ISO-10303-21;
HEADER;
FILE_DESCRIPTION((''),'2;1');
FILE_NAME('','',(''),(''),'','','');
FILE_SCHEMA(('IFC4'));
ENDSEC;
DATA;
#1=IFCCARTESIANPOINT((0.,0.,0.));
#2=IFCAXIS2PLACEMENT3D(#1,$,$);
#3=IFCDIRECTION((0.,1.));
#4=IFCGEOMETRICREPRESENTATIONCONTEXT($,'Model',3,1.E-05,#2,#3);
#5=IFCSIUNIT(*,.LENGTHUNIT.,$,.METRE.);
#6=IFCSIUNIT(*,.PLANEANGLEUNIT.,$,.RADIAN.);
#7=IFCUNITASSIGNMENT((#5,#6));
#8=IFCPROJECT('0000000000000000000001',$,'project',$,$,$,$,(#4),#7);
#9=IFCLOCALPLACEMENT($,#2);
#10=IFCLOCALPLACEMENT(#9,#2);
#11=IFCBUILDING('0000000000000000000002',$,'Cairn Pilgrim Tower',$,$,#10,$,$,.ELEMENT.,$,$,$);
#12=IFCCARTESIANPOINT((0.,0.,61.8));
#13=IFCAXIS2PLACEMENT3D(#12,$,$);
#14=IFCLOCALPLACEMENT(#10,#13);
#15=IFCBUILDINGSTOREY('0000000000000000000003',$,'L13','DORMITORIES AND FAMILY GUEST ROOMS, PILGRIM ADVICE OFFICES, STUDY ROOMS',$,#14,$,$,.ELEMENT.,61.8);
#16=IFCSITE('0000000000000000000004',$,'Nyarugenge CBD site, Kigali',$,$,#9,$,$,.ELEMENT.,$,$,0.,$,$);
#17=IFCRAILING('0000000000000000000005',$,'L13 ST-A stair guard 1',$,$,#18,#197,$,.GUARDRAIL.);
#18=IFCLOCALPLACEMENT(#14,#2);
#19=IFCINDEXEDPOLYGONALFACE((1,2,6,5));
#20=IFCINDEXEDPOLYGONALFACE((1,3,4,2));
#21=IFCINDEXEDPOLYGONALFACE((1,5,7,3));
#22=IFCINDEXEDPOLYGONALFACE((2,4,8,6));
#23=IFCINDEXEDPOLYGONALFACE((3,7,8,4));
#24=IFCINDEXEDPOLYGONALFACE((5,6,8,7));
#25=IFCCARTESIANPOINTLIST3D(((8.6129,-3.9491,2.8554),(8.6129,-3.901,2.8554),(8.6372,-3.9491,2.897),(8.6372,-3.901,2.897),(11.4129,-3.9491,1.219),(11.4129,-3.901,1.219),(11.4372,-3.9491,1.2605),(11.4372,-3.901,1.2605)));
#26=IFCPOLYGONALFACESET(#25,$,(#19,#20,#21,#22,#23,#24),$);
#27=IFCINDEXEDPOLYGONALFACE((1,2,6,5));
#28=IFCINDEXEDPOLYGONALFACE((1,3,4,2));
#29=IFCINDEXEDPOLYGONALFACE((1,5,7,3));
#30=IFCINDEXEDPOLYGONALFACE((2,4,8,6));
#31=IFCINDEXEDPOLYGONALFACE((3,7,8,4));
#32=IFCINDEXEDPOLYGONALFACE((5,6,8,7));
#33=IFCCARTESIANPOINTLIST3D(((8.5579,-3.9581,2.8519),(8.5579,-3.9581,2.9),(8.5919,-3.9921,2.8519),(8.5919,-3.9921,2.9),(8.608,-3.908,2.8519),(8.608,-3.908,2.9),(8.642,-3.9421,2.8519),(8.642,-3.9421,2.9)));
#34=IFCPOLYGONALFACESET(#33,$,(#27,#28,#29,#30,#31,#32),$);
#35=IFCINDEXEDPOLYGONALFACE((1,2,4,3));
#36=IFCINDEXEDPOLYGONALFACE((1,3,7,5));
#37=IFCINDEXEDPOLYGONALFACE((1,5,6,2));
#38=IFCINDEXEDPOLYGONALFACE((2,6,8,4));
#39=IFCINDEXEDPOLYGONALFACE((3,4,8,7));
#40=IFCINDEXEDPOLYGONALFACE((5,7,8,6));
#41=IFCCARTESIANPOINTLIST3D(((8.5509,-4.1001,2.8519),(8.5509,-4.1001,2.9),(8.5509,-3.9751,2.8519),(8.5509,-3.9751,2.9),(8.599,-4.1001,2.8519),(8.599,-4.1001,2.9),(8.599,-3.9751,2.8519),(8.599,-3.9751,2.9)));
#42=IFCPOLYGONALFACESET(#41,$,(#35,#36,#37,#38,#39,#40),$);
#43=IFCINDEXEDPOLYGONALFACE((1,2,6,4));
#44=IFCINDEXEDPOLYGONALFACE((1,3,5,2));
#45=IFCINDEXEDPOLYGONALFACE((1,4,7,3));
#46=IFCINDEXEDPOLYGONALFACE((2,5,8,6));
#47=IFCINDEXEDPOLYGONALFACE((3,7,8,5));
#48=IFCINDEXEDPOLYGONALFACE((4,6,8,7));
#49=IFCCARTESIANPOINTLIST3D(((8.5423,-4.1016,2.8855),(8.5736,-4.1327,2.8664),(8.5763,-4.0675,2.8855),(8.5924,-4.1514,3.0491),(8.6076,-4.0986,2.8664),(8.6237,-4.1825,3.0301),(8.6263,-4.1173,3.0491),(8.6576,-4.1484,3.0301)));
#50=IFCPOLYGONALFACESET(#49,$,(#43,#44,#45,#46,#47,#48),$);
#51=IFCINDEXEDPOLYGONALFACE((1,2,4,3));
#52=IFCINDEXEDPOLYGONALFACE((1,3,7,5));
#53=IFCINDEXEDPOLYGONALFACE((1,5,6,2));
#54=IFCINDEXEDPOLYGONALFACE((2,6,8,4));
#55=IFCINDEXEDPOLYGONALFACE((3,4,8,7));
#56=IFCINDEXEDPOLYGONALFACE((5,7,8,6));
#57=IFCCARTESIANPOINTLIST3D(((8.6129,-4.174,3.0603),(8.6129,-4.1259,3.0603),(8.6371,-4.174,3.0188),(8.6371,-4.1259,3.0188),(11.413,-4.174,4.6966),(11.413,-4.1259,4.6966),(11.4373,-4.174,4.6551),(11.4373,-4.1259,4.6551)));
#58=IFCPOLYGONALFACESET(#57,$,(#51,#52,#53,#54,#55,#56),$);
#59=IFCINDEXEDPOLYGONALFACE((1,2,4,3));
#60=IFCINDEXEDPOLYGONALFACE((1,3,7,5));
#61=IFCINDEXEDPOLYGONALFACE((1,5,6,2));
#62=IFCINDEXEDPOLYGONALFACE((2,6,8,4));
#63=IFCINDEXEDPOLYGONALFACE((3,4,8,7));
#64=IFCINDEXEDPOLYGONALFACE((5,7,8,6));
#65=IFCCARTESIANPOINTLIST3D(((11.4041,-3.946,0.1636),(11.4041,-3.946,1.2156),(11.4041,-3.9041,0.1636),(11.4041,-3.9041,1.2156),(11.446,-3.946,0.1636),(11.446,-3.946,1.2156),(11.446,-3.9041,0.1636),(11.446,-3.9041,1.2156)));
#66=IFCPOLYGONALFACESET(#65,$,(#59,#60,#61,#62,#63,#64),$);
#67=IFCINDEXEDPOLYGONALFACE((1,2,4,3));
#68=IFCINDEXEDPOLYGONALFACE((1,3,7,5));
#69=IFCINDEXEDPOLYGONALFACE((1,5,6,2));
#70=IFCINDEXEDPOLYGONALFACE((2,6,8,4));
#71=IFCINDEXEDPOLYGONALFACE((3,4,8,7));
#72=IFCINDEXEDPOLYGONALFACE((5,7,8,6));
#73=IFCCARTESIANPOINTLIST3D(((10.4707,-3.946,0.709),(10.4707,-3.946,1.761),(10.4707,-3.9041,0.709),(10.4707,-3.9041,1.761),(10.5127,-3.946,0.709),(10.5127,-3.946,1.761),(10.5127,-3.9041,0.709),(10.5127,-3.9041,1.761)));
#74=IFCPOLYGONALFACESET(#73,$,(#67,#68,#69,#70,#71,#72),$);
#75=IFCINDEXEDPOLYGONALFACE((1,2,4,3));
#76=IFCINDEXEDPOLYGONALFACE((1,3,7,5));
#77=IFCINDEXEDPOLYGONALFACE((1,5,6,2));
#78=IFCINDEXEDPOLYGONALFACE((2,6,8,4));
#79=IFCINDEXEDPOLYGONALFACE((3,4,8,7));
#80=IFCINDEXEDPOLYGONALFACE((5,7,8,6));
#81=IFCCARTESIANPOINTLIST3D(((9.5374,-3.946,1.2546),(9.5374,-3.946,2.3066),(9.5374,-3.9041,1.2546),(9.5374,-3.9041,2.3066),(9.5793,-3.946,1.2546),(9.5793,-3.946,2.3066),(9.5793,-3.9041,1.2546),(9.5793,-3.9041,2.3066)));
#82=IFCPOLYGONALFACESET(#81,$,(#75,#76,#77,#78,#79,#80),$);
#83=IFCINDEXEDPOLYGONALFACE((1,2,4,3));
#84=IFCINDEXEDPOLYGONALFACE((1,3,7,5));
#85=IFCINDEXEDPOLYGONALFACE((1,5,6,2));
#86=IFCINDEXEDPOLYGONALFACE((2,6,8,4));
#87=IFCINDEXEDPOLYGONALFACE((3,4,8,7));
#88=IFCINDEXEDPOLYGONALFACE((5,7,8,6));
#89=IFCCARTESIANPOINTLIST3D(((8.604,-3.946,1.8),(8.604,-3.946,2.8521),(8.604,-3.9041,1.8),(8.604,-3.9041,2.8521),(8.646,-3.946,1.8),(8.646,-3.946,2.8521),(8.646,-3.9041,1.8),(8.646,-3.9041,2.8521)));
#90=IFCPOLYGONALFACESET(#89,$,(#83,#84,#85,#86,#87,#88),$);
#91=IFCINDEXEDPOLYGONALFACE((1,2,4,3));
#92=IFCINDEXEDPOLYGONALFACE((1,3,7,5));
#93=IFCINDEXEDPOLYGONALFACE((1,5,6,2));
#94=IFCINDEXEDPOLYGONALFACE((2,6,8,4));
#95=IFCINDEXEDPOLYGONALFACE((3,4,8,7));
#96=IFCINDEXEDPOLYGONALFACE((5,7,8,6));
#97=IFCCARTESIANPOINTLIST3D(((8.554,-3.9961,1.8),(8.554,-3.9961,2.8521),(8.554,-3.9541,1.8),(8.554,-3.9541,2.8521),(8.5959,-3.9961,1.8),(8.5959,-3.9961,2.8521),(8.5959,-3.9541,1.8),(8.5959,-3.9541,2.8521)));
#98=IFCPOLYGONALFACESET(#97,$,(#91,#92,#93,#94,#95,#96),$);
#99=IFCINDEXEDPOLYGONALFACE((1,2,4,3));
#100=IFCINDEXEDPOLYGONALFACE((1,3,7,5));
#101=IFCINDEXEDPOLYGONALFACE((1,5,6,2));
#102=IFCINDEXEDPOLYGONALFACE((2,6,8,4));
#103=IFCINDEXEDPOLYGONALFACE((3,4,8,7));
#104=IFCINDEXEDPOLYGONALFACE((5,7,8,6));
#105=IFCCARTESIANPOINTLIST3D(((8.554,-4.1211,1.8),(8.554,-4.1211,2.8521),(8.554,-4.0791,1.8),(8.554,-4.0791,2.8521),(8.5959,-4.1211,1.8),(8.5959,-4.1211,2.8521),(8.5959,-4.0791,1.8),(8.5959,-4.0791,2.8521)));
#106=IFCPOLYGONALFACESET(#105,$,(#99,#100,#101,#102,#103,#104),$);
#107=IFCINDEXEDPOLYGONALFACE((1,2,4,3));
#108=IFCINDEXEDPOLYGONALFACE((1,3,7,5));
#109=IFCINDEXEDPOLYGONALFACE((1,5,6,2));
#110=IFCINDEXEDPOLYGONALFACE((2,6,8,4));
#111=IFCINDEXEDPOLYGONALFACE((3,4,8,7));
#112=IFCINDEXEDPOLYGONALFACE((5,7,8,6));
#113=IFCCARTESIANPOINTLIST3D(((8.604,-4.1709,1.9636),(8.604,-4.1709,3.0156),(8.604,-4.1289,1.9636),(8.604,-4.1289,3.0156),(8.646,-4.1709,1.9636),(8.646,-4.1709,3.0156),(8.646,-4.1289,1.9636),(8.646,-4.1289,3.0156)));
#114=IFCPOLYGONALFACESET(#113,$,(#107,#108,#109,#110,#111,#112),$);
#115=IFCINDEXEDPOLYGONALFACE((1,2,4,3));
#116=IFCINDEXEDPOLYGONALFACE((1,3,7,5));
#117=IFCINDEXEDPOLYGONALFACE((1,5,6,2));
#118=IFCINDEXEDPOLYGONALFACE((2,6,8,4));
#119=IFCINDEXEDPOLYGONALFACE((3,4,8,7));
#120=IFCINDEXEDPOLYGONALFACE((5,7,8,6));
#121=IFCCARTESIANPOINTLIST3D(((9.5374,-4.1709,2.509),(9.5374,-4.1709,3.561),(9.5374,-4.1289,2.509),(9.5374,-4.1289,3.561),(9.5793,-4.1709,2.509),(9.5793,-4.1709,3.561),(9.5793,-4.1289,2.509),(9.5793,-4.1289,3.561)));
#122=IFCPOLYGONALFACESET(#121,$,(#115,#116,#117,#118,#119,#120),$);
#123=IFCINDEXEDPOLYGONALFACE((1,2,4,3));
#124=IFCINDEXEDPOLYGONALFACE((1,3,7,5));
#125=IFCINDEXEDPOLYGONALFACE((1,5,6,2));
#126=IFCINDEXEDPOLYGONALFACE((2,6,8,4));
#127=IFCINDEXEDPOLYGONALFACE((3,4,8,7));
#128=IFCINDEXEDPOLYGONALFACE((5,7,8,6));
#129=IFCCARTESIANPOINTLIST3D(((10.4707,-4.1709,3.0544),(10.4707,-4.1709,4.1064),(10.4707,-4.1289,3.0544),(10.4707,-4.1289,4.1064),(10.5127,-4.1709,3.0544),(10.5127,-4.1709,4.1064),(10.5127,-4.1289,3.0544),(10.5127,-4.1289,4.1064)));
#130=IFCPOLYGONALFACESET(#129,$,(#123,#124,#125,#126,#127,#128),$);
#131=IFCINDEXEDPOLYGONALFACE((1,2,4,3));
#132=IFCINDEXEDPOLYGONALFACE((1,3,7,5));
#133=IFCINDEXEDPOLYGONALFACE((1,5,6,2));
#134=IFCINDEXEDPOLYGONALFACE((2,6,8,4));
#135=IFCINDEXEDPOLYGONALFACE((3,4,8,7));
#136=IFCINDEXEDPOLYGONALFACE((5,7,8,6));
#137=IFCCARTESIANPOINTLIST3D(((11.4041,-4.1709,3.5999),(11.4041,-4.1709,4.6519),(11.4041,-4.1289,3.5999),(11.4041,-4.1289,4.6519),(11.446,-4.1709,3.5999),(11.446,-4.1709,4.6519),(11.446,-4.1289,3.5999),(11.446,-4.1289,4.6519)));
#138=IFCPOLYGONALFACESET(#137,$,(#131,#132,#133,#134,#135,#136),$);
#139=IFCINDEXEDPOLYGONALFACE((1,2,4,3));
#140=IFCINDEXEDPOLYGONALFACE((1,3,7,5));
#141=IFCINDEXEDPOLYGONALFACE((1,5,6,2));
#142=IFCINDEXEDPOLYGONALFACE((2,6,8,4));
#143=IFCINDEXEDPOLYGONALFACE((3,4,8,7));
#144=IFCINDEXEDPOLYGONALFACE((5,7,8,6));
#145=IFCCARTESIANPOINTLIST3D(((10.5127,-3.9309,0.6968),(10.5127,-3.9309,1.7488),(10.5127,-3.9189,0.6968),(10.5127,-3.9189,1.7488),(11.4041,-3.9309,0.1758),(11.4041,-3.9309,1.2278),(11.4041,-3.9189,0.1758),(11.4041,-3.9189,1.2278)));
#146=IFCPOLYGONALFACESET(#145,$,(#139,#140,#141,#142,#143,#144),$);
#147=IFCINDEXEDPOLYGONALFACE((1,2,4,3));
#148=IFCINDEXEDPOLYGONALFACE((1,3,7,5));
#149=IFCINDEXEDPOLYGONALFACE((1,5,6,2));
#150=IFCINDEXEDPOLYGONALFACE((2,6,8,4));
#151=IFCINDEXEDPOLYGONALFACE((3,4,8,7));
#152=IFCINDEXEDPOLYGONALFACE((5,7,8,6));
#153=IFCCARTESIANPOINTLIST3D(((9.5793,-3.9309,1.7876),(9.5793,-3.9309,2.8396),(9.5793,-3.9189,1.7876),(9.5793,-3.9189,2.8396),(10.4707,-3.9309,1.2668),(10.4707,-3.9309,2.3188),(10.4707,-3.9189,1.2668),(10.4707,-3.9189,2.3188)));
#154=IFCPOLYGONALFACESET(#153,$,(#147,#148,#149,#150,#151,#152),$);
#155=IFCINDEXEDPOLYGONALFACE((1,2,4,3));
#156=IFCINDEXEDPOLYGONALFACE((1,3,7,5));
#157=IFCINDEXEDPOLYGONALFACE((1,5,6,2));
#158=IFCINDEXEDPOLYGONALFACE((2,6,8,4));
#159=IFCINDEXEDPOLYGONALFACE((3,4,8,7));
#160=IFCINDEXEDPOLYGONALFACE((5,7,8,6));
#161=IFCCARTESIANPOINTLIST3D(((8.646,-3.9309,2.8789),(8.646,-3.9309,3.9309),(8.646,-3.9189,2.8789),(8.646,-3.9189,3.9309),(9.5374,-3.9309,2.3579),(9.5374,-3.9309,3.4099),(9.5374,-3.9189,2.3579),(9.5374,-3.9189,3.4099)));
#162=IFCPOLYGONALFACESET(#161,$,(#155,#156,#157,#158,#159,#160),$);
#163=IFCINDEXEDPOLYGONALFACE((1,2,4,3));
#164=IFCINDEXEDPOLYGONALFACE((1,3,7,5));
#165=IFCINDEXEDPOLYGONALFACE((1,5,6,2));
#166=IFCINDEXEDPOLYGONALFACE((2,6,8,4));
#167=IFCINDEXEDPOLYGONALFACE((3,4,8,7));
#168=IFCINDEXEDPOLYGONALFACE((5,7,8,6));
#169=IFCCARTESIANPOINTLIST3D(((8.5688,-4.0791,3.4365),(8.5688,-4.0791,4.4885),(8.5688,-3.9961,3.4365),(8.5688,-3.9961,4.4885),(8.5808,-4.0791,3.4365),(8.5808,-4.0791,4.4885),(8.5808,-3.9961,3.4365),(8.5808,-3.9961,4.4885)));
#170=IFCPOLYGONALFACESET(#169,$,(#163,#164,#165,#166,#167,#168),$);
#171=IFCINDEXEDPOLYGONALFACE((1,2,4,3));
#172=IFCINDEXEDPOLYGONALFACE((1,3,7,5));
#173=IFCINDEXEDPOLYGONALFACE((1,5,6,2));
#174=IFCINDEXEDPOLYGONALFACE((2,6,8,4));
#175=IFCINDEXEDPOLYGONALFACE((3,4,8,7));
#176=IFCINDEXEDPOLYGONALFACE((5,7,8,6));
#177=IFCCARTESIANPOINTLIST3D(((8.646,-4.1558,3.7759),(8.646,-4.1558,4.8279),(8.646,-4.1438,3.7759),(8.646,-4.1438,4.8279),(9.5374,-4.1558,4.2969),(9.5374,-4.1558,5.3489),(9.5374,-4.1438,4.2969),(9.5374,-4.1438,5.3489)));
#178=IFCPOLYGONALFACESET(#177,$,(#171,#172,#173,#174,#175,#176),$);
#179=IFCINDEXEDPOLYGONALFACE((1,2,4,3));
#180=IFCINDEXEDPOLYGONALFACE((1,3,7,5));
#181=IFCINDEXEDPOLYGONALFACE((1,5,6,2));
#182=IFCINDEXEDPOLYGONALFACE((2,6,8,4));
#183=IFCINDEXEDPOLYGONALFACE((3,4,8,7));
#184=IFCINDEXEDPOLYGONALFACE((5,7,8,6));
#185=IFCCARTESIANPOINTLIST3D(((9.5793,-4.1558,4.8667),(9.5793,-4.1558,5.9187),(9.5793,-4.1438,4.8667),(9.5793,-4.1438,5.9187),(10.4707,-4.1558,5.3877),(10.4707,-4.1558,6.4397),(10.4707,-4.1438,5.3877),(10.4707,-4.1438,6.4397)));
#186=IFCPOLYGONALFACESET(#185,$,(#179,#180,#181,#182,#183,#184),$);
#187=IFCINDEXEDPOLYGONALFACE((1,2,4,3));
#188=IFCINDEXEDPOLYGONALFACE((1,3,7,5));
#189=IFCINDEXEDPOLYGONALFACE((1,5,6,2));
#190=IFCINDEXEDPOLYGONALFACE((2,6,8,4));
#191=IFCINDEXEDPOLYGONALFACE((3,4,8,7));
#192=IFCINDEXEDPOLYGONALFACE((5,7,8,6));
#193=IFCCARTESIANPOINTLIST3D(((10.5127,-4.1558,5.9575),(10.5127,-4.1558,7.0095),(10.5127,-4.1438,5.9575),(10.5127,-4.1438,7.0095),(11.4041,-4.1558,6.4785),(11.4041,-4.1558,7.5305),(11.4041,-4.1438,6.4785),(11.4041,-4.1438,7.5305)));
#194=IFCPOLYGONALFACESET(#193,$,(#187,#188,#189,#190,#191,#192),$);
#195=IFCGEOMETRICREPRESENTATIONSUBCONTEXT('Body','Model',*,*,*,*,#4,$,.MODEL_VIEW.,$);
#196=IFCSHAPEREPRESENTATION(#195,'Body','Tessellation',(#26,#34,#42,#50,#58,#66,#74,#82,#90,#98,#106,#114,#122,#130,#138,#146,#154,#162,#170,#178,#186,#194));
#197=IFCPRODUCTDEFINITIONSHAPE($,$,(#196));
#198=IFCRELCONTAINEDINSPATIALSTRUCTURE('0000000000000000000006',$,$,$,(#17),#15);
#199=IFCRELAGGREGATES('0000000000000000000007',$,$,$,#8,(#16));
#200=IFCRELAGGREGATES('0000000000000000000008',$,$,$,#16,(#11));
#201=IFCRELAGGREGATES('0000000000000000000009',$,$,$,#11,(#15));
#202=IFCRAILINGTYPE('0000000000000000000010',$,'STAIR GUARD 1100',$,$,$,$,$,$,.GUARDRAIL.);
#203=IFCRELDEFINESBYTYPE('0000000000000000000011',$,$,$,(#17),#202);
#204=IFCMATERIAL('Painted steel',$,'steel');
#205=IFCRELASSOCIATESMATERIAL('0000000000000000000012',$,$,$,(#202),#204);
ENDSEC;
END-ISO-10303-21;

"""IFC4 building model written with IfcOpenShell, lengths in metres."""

from ifc_helpers import new_model, si_unit, direction, frame, origin, origin_2d, place, context, subcontext, project, spatial, polyline, rectangle, outline, extrude, material, type_object, element, save


model = new_model("IFC4")

# Units and contexts
model_context = context("Model", 3, precision=1e-05, world=origin(), true_north=direction((0.0, 1.0)))
body_context = subcontext(model_context, "Body", "Model", "MODEL_VIEW")
ifc_project = project(units=[si_unit("LENGTHUNIT", "METRE"), si_unit("PLANEANGLEUNIT", "RADIAN")], contexts=[model_context])

# Site, building, storey
site_placement = place(None, origin())
site = spatial("IfcSite", under=ifc_project, at=site_placement, Name="Nyarugenge CBD site, Kigali", CompositionType="ELEMENT", RefElevation=0.0)
building_placement = place(site_placement, origin())
building = spatial("IfcBuilding", under=site, at=building_placement, Name="Cairn Pilgrim Tower", CompositionType="ELEMENT")
storey_placement = place(building_placement, frame((0.0, 0.0, 61.8)))
storey = spatial("IfcBuildingStorey", under=building, at=storey_placement, Name="L13", Description="DORMITORIES AND FAMILY GUEST ROOMS, PILGRIM ADVICE OFFICES, STUDY ROOMS", CompositionType="ELEMENT", Elevation=61.8)

# Shared definitions
ifc_material_1 = material(Name="Painted steel", Category="steel")

# Railing
railing_type_1 = type_object("IfcRailingType", Name="STAIR GUARD 1100", PredefinedType="GUARDRAIL", material=ifc_material_1)
railing_1_placement = place(storey_placement, frame((11.425, -3.925, 0.1636)))
element("IfcRailing", 1, at=railing_1_placement, inside=storey, type_object=railing_type_1, Name="L13 ST-A stair guard 1", PredefinedType="GUARDRAIL", context=body_context, shape_type="SweptSolid", body=[
    extrude(rectangle(XDim=0.0481, YDim=0.0481, at=origin_2d()), frame((0.0, 0.0, 1.0762), z_axis=(-0.863361, 0.0, 0.504587), x_axis=(0.0, -1.0, 0.0)), (0.0, 0.0, 1.0), 3.2432),
    extrude(rectangle(XDim=0.0481, YDim=0.0481, at=origin_2d()), frame((-2.8, 0.0, 2.7124), z_axis=(-0.707107, -0.707107, 0.0), x_axis=(0.707107, -0.707107, 0.0)), (0.0, 0.0, 1.0), 0.0708),
    extrude(rectangle(XDim=0.0481, YDim=0.0481, at=origin_2d()), frame((-2.8501, -0.05, 2.7124), z_axis=(0.0, -1.0, 0.0), x_axis=(1.0, 0.0, 0.0)), (0.0, 0.0, 1.0), 0.125),
    extrude(rectangle(XDim=0.0481, YDim=0.0481, at=origin_2d()), frame((-2.8501, -0.175, 2.7124), z_axis=(0.280917, -0.279546, 0.918118), x_axis=(0.705376, 0.708834, 0.0)), (0.0, 0.0, 1.0), 0.1782),
    extrude(rectangle(XDim=0.0481, YDim=0.0481, at=origin_2d()), frame((-2.8, -0.2249, 2.876), z_axis=(0.863394, 0.0, 0.504531), x_axis=(0.0, 1.0, 0.0)), (0.0, 0.0, 1.0), 3.2432),
    extrude(rectangle(XDim=0.042, YDim=0.042, at=origin_2d()), origin(), (0.0, 0.0, 1.0), 1.052),
    extrude(rectangle(XDim=0.042, YDim=0.042, at=origin_2d()), frame((-0.9333, 0.0, 0.5454)), (0.0, 0.0, 1.0), 1.052),
    extrude(rectangle(XDim=0.042, YDim=0.042, at=origin_2d()), frame((-1.8667, 0.0, 1.0911)), (0.0, 0.0, 1.0), 1.052),
    extrude(rectangle(XDim=0.042, YDim=0.042, at=origin_2d()), frame((-2.8, 0.0, 1.6365)), (0.0, 0.0, 1.0), 1.052),
    extrude(rectangle(XDim=0.042, YDim=0.042, at=origin_2d()), frame((-2.8501, -0.05, 1.6365)), (0.0, 0.0, 1.0), 1.052),
    extrude(rectangle(XDim=0.042, YDim=0.042, at=origin_2d()), frame((-2.8501, -0.175, 1.6365)), (0.0, 0.0, 1.0), 1.052),
    extrude(rectangle(XDim=0.042, YDim=0.042, at=origin_2d()), frame((-2.8, -0.2249, 1.8)), (0.0, 0.0, 1.0), 1.052),
    extrude(rectangle(XDim=0.042, YDim=0.042, at=origin_2d()), frame((-1.8667, -0.2249, 2.3455)), (0.0, 0.0, 1.0), 1.052),
    extrude(rectangle(XDim=0.042, YDim=0.042, at=origin_2d()), frame((-0.9333, -0.2249, 2.8909)), (0.0, 0.0, 1.0), 1.052),
    extrude(rectangle(XDim=0.042, YDim=0.042, at=origin_2d()), frame((0.0, -0.2249, 3.4363)), (0.0, 0.0, 1.0), 1.052),
    extrude(outline(polyline([(0.021, 0.0122), (0.9124, 0.5332), (0.9124, 1.5852), (0.021, 1.0642), (0.021, 0.0122)])), frame((0.0, -0.0059, 0.0), z_axis=(0.0, 1.0, 0.0), x_axis=(-1.0, 0.0, 0.0)), (0.0, 0.0, 1.0), 0.012),
    extrude(outline(polyline([(0.021, 0.5579), (0.9124, 1.0786), (0.9124, 2.1306), (0.021, 1.6099), (0.021, 0.5579)])), frame((-0.9333, -0.0059, 0.5454), z_axis=(0.0, 1.0, 0.0), x_axis=(-1.0, 0.0, 0.0)), (0.0, 0.0, 1.0), 0.012),
    extrude(outline(polyline([(0.021, 1.1033), (0.9124, 1.6243), (0.9124, 2.6763), (0.021, 2.1553), (0.021, 1.1033)])), frame((-1.8667, -0.0059, 1.0911), z_axis=(0.0, 1.0, 0.0), x_axis=(-1.0, 0.0, 0.0)), (0.0, 0.0, 1.0), 0.012),
    extrude(outline(polyline([(0.021, 1.6365), (0.104, 1.6365), (0.104, 2.6885), (0.021, 2.6885), (0.021, 1.6365)])), frame((-2.8442, -0.05, 1.6365), z_axis=(-1.0, 0.0, 0.0), x_axis=(0.0, -1.0, 0.0)), (0.0, 0.0, 1.0), 0.012),
    extrude(outline(polyline([(0.021, 1.8123), (0.9124, 2.3333), (0.9124, 3.3853), (0.021, 2.8643), (0.021, 1.8123)])), frame((-2.8, -0.2188, 1.8), z_axis=(0.0, -1.0, 0.0), x_axis=(1.0, 0.0, 0.0)), (0.0, 0.0, 1.0), 0.012),
    extrude(outline(polyline([(0.021, 2.3577), (0.9124, 2.8787), (0.9124, 3.9307), (0.021, 3.4097), (0.021, 2.3577)])), frame((-1.8667, -0.2188, 2.3455), z_axis=(0.0, -1.0, 0.0), x_axis=(1.0, 0.0, 0.0)), (0.0, 0.0, 1.0), 0.012),
    extrude(outline(polyline([(0.021, 2.9031), (0.9124, 3.4241), (0.9124, 4.4761), (0.021, 3.9551), (0.021, 2.9031)])), frame((-0.9333, -0.2188, 2.8909), z_axis=(0.0, -1.0, 0.0), x_axis=(1.0, 0.0, 0.0)), (0.0, 0.0, 1.0), 0.012),
])

save(model, "model.ifc")
